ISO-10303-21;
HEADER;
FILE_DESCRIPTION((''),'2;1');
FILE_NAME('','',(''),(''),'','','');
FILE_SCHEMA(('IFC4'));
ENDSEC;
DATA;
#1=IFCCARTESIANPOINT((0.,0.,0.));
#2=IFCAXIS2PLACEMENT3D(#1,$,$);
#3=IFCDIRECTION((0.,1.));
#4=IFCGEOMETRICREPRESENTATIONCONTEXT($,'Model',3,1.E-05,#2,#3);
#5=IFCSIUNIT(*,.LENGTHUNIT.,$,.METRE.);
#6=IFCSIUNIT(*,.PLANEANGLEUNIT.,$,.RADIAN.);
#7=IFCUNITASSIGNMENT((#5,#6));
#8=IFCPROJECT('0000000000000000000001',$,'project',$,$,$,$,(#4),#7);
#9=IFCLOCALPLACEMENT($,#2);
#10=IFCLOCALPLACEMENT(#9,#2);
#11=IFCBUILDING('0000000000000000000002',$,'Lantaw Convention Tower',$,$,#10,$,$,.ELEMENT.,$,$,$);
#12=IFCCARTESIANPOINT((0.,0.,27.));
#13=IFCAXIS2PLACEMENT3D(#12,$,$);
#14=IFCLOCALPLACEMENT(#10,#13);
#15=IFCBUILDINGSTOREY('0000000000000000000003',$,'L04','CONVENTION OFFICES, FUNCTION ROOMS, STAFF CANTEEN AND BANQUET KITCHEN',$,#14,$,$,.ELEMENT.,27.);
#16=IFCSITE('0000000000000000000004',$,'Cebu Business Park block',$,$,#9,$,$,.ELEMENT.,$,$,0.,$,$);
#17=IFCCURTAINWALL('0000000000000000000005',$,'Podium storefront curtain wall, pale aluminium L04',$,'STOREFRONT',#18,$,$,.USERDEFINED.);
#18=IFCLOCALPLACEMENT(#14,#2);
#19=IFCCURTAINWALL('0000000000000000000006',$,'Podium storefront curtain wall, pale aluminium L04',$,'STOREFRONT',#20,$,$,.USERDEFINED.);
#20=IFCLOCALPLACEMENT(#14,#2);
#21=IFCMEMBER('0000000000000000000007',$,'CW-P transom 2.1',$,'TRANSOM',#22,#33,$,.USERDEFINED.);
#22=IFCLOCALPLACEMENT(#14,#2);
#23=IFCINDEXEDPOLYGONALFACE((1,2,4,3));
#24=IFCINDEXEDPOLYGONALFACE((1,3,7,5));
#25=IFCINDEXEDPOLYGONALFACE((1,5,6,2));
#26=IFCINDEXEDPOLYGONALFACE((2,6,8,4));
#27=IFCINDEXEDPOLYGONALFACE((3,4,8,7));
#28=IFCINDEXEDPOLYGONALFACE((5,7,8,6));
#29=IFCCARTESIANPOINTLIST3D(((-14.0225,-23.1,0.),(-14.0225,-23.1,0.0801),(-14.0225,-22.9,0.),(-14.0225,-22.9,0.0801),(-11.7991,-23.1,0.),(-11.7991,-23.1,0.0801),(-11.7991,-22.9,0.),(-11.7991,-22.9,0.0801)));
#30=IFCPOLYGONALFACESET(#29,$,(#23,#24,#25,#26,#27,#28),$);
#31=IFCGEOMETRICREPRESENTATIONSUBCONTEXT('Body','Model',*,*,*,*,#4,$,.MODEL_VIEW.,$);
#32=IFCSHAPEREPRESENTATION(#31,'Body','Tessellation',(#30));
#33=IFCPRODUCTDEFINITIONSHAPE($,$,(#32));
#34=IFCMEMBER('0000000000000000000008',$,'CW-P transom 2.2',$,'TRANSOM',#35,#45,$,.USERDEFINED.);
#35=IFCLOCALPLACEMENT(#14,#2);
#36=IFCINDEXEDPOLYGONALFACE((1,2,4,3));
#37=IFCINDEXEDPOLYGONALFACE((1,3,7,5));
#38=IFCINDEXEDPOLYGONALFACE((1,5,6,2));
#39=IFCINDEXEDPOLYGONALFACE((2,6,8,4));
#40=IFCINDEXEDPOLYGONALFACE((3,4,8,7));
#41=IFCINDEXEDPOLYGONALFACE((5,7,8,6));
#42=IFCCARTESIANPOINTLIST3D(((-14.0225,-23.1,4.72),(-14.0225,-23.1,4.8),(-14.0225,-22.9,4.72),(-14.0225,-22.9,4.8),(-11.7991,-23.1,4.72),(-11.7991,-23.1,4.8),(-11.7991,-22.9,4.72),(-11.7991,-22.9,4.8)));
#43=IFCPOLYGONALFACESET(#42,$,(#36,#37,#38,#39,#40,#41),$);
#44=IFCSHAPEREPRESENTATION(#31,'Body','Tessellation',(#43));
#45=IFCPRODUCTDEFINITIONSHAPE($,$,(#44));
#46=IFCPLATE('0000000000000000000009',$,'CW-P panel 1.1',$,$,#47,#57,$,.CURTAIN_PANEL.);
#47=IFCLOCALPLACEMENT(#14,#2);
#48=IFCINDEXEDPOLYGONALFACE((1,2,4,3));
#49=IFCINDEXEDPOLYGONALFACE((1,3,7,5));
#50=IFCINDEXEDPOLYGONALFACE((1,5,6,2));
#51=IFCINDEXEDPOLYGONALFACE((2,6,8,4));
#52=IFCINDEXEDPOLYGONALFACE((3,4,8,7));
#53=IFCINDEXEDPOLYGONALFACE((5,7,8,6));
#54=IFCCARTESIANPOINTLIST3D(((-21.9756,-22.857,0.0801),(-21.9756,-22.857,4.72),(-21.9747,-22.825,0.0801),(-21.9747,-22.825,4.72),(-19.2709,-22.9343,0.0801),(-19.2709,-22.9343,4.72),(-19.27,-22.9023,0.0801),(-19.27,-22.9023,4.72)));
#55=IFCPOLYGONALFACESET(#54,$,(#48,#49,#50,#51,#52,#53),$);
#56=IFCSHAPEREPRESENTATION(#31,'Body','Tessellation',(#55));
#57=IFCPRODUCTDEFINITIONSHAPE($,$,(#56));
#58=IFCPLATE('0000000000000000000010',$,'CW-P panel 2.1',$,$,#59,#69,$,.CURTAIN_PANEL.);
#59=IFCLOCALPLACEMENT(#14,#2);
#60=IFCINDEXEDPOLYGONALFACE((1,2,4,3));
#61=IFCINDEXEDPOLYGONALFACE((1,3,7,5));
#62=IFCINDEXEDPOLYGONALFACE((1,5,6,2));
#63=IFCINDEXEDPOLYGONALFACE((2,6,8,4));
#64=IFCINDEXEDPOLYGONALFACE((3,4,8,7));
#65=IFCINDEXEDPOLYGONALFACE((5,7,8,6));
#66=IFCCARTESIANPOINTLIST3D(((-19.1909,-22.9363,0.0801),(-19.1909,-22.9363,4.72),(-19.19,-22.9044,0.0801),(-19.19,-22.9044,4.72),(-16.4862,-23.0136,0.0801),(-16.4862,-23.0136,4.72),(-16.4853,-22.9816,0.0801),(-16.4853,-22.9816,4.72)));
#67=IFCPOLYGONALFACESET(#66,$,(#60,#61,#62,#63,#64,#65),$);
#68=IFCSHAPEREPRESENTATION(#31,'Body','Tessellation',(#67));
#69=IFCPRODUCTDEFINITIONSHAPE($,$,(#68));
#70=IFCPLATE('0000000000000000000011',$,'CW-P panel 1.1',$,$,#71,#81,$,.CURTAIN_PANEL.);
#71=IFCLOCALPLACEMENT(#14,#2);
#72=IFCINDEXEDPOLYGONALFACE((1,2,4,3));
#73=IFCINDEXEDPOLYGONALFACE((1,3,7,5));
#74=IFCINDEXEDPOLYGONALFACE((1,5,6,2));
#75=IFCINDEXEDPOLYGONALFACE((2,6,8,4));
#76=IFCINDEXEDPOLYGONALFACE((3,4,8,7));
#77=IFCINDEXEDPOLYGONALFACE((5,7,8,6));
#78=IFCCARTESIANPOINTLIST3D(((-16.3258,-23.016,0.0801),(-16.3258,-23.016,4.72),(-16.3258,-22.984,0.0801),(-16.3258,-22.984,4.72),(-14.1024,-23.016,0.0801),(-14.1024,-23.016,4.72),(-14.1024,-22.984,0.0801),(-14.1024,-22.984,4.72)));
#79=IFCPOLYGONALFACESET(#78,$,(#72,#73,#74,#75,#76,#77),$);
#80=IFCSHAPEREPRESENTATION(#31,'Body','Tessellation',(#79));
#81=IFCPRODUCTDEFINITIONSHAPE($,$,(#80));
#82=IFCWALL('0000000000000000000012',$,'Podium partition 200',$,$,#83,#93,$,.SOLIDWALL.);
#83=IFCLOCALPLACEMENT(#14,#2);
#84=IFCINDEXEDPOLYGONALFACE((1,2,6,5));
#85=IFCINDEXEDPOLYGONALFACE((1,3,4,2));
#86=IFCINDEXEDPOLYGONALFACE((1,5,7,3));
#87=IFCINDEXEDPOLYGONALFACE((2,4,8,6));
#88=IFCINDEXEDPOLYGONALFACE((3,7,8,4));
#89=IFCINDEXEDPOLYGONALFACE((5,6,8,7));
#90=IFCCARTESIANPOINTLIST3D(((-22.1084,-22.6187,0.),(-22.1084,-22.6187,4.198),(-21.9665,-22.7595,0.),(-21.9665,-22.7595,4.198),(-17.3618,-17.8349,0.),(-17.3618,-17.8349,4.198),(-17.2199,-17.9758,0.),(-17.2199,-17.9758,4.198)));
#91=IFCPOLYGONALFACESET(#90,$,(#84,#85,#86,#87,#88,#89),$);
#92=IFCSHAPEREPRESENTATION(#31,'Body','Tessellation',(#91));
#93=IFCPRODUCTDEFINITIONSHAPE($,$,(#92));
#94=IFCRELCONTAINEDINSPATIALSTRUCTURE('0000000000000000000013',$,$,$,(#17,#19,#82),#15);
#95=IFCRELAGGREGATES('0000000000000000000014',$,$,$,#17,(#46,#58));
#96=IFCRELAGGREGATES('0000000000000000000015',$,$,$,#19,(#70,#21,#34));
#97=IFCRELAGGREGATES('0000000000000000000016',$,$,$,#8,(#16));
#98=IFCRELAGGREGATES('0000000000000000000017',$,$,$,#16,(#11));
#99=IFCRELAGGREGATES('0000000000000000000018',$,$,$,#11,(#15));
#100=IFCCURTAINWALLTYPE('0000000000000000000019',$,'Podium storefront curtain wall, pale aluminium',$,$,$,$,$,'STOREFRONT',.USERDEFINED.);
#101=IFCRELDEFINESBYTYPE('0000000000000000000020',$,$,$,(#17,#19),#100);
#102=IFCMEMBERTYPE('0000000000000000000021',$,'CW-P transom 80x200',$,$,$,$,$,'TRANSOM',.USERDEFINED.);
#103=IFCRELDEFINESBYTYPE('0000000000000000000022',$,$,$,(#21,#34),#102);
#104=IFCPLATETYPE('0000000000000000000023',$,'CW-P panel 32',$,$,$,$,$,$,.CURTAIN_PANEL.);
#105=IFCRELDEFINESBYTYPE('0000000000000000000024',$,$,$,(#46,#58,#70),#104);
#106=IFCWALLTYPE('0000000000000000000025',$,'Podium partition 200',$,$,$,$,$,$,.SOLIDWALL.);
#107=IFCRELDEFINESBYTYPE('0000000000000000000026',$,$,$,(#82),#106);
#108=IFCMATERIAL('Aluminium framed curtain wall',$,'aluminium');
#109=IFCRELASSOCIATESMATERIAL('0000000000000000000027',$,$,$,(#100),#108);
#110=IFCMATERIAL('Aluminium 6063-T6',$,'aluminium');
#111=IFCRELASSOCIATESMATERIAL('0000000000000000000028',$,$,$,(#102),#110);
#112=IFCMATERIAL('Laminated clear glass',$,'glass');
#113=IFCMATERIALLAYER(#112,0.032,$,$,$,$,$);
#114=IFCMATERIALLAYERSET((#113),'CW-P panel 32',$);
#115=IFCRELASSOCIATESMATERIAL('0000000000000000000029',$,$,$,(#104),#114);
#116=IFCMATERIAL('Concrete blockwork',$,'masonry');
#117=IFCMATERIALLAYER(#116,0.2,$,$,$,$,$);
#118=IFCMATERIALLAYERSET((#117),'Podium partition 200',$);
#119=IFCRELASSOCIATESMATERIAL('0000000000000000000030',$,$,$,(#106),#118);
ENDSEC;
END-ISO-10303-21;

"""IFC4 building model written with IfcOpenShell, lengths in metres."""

from ifc_helpers import new_model, si_unit, direction, frame, frame_2d, origin, origin_2d, place, context, subcontext, project, spatial, rectangle, extrude, material, layer, layer_set, material_profile, profile_set, type_object, element, aggregate, save


model = new_model("IFC4")

# Units and contexts
model_context = context("Model", 3, precision=1e-05, world=origin(), true_north=direction((0.0, 1.0)))
body_context = subcontext(model_context, "Body", "Model", "MODEL_VIEW")
ifc_project = project(units=[si_unit("LENGTHUNIT", "METRE"), si_unit("PLANEANGLEUNIT", "RADIAN")], contexts=[model_context])

# Site, building, storey
site_placement = place(None, origin())
site = spatial("IfcSite", under=ifc_project, at=site_placement, Name="Cebu Business Park block", CompositionType="ELEMENT", RefElevation=0.0)
building_placement = place(site_placement, origin())
building = spatial("IfcBuilding", under=site, at=building_placement, Name="Lantaw Convention Tower", CompositionType="ELEMENT")
storey_placement = place(building_placement, frame((0.0, 0.0, 27.0)))
storey = spatial("IfcBuildingStorey", under=building, at=storey_placement, Name="L04", Description="CONVENTION OFFICES, FUNCTION ROOMS, STAFF CANTEEN AND BANQUET KITCHEN", CompositionType="ELEMENT", Elevation=27.0)

# Curtain walls
ifc_material_1 = material(Name="Aluminium framed curtain wall", Category="aluminium")
curtain_wall_type = type_object("IfcCurtainWallType", Name="Podium storefront curtain wall, pale aluminium", ElementType="STOREFRONT", PredefinedType="USERDEFINED", material=ifc_material_1)
curtain_wall_1_placement = place(storey_placement, origin())
curtain_wall_1 = element("IfcCurtainWall", 1, at=curtain_wall_1_placement, inside=storey, type_object=curtain_wall_type, Name="Podium storefront curtain wall, pale aluminium L04", ObjectType="STOREFRONT", PredefinedType="USERDEFINED")
ifc_material_2 = material(Name="Aluminium 6063-T6", Category="aluminium")
curtain_wall_2_placement = place(storey_placement, origin())
curtain_wall_2 = element("IfcCurtainWall", 2, at=curtain_wall_2_placement, inside=storey, type_object=curtain_wall_type, Name="Podium storefront curtain wall, pale aluminium L04", ObjectType="STOREFRONT", PredefinedType="USERDEFINED")

# Members
ifc_material_profile_1 = material_profile(ifc_material_2, rectangle(XDim=0.2, YDim=0.0801, at=origin_2d()), Name="CW-P transom 80x200")
ifc_profile_set_1 = profile_set([ifc_material_profile_1], Name="Aluminium 6063-T6")
member_type_1 = type_object("IfcMemberType", Name="CW-P transom 80x200", ElementType="TRANSOM", PredefinedType="USERDEFINED", material=ifc_profile_set_1)
member_1_placement = place(storey_placement, frame((-14.0225, -23.0, 0.04), z_axis=(1.0, 0.0, 0.0), x_axis=(0.0, 1.0, 0.0)))
member_1 = element("IfcMember", 3, at=member_1_placement, type_object=member_type_1, Name="CW-P transom 2.1", ObjectType="TRANSOM", PredefinedType="USERDEFINED", context=body_context, shape_type="SweptSolid", body=[
    extrude(rectangle(XDim=0.2, YDim=0.0801, at=origin_2d()), origin(), (0.0, 0.0, 1.0), 2.2234),
])
member_2_placement = place(storey_placement, frame((-14.0225, -23.0, 4.76), z_axis=(1.0, 0.0, 0.0), x_axis=(0.0, 1.0, 0.0)))
member_2 = element("IfcMember", 4, at=member_2_placement, type_object=member_type_1, Name="CW-P transom 2.2", ObjectType="TRANSOM", PredefinedType="USERDEFINED", context=body_context, shape_type="SweptSolid", body=[
    extrude(rectangle(XDim=0.2, YDim=0.0801, at=origin_2d()), origin(), (0.0, 0.0, 1.0), 2.2234),
])

# Plates
ifc_material_3 = material(Name="Laminated clear glass", Category="glass")
ifc_layer_1 = layer(ifc_material_3, 0.032)
ifc_layer_set_1 = layer_set([ifc_layer_1], Name="CW-P panel 32")
plate_type = type_object("IfcPlateType", Name="CW-P panel 32", PredefinedType="CURTAIN_PANEL", material=ifc_layer_set_1)
plate_1_placement = place(storey_placement, frame((-20.6228, -22.8796, 0.0801), z_axis=(0.0, 0.0, 1.0), x_axis=(0.999592, -0.028552, 0.0)))
plate_1 = element("IfcPlate", 5, at=plate_1_placement, type_object=plate_type, Name="CW-P panel 1.1", PredefinedType="CURTAIN_PANEL", context=body_context, shape_type="SweptSolid", body=[
    extrude(rectangle(XDim=2.7058, YDim=0.032, at=origin_2d()), origin(), (0.0, 0.0, 1.0), 4.6399),
])
plate_2_placement = place(storey_placement, frame((-17.8381, -22.959, 0.0801), z_axis=(0.0, 0.0, 1.0), x_axis=(0.999592, -0.028552, 0.0)))
plate_2 = element("IfcPlate", 6, at=plate_2_placement, type_object=plate_type, Name="CW-P panel 2.1", PredefinedType="CURTAIN_PANEL", context=body_context, shape_type="SweptSolid", body=[
    extrude(rectangle(XDim=2.7058, YDim=0.032, at=origin_2d()), origin(), (0.0, 0.0, 1.0), 4.6399),
])
aggregate(curtain_wall_1, [plate_1, plate_2])
plate_3_placement = place(storey_placement, frame((-15.2141, -23.0, 0.0801), z_axis=(0.0, 0.0, 1.0), x_axis=(1.0, 0.0, 0.0)))
plate_3 = element("IfcPlate", 7, at=plate_3_placement, type_object=plate_type, Name="CW-P panel 1.1", PredefinedType="CURTAIN_PANEL", context=body_context, shape_type="SweptSolid", body=[
    extrude(rectangle(XDim=2.2234, YDim=0.032, at=origin_2d()), origin(), (0.0, 0.0, 1.0), 4.6399),
])
aggregate(curtain_wall_2, [plate_3, member_1, member_2])

# Wall
ifc_material_4 = material(Name="Concrete blockwork", Category="masonry")
ifc_layer_2 = layer(ifc_material_4, 0.2)
ifc_layer_set_2 = layer_set([ifc_layer_2], Name="Podium partition 200")
wall_type = type_object("IfcWallType", Name="Podium partition 200", PredefinedType="SOLIDWALL", material=ifc_layer_set_2)
wall_placement = place(storey_placement, frame((-17.2908, -17.9053, 0.0), z_axis=(0.0, 0.0, 1.0), x_axis=(-0.704348, -0.709855, 0.0)))
element("IfcWall", 8, at=wall_placement, inside=storey, type_object=wall_type, Name="Podium partition 200", PredefinedType="SOLIDWALL", context=body_context, shape_type="SweptSolid", body=[
    extrude(rectangle(XDim=6.739, YDim=0.2, at=frame_2d((3.3696, 0.0))), origin(), (0.0, 0.0, 1.0), 4.198),
])

save(model, "model.ifc")
